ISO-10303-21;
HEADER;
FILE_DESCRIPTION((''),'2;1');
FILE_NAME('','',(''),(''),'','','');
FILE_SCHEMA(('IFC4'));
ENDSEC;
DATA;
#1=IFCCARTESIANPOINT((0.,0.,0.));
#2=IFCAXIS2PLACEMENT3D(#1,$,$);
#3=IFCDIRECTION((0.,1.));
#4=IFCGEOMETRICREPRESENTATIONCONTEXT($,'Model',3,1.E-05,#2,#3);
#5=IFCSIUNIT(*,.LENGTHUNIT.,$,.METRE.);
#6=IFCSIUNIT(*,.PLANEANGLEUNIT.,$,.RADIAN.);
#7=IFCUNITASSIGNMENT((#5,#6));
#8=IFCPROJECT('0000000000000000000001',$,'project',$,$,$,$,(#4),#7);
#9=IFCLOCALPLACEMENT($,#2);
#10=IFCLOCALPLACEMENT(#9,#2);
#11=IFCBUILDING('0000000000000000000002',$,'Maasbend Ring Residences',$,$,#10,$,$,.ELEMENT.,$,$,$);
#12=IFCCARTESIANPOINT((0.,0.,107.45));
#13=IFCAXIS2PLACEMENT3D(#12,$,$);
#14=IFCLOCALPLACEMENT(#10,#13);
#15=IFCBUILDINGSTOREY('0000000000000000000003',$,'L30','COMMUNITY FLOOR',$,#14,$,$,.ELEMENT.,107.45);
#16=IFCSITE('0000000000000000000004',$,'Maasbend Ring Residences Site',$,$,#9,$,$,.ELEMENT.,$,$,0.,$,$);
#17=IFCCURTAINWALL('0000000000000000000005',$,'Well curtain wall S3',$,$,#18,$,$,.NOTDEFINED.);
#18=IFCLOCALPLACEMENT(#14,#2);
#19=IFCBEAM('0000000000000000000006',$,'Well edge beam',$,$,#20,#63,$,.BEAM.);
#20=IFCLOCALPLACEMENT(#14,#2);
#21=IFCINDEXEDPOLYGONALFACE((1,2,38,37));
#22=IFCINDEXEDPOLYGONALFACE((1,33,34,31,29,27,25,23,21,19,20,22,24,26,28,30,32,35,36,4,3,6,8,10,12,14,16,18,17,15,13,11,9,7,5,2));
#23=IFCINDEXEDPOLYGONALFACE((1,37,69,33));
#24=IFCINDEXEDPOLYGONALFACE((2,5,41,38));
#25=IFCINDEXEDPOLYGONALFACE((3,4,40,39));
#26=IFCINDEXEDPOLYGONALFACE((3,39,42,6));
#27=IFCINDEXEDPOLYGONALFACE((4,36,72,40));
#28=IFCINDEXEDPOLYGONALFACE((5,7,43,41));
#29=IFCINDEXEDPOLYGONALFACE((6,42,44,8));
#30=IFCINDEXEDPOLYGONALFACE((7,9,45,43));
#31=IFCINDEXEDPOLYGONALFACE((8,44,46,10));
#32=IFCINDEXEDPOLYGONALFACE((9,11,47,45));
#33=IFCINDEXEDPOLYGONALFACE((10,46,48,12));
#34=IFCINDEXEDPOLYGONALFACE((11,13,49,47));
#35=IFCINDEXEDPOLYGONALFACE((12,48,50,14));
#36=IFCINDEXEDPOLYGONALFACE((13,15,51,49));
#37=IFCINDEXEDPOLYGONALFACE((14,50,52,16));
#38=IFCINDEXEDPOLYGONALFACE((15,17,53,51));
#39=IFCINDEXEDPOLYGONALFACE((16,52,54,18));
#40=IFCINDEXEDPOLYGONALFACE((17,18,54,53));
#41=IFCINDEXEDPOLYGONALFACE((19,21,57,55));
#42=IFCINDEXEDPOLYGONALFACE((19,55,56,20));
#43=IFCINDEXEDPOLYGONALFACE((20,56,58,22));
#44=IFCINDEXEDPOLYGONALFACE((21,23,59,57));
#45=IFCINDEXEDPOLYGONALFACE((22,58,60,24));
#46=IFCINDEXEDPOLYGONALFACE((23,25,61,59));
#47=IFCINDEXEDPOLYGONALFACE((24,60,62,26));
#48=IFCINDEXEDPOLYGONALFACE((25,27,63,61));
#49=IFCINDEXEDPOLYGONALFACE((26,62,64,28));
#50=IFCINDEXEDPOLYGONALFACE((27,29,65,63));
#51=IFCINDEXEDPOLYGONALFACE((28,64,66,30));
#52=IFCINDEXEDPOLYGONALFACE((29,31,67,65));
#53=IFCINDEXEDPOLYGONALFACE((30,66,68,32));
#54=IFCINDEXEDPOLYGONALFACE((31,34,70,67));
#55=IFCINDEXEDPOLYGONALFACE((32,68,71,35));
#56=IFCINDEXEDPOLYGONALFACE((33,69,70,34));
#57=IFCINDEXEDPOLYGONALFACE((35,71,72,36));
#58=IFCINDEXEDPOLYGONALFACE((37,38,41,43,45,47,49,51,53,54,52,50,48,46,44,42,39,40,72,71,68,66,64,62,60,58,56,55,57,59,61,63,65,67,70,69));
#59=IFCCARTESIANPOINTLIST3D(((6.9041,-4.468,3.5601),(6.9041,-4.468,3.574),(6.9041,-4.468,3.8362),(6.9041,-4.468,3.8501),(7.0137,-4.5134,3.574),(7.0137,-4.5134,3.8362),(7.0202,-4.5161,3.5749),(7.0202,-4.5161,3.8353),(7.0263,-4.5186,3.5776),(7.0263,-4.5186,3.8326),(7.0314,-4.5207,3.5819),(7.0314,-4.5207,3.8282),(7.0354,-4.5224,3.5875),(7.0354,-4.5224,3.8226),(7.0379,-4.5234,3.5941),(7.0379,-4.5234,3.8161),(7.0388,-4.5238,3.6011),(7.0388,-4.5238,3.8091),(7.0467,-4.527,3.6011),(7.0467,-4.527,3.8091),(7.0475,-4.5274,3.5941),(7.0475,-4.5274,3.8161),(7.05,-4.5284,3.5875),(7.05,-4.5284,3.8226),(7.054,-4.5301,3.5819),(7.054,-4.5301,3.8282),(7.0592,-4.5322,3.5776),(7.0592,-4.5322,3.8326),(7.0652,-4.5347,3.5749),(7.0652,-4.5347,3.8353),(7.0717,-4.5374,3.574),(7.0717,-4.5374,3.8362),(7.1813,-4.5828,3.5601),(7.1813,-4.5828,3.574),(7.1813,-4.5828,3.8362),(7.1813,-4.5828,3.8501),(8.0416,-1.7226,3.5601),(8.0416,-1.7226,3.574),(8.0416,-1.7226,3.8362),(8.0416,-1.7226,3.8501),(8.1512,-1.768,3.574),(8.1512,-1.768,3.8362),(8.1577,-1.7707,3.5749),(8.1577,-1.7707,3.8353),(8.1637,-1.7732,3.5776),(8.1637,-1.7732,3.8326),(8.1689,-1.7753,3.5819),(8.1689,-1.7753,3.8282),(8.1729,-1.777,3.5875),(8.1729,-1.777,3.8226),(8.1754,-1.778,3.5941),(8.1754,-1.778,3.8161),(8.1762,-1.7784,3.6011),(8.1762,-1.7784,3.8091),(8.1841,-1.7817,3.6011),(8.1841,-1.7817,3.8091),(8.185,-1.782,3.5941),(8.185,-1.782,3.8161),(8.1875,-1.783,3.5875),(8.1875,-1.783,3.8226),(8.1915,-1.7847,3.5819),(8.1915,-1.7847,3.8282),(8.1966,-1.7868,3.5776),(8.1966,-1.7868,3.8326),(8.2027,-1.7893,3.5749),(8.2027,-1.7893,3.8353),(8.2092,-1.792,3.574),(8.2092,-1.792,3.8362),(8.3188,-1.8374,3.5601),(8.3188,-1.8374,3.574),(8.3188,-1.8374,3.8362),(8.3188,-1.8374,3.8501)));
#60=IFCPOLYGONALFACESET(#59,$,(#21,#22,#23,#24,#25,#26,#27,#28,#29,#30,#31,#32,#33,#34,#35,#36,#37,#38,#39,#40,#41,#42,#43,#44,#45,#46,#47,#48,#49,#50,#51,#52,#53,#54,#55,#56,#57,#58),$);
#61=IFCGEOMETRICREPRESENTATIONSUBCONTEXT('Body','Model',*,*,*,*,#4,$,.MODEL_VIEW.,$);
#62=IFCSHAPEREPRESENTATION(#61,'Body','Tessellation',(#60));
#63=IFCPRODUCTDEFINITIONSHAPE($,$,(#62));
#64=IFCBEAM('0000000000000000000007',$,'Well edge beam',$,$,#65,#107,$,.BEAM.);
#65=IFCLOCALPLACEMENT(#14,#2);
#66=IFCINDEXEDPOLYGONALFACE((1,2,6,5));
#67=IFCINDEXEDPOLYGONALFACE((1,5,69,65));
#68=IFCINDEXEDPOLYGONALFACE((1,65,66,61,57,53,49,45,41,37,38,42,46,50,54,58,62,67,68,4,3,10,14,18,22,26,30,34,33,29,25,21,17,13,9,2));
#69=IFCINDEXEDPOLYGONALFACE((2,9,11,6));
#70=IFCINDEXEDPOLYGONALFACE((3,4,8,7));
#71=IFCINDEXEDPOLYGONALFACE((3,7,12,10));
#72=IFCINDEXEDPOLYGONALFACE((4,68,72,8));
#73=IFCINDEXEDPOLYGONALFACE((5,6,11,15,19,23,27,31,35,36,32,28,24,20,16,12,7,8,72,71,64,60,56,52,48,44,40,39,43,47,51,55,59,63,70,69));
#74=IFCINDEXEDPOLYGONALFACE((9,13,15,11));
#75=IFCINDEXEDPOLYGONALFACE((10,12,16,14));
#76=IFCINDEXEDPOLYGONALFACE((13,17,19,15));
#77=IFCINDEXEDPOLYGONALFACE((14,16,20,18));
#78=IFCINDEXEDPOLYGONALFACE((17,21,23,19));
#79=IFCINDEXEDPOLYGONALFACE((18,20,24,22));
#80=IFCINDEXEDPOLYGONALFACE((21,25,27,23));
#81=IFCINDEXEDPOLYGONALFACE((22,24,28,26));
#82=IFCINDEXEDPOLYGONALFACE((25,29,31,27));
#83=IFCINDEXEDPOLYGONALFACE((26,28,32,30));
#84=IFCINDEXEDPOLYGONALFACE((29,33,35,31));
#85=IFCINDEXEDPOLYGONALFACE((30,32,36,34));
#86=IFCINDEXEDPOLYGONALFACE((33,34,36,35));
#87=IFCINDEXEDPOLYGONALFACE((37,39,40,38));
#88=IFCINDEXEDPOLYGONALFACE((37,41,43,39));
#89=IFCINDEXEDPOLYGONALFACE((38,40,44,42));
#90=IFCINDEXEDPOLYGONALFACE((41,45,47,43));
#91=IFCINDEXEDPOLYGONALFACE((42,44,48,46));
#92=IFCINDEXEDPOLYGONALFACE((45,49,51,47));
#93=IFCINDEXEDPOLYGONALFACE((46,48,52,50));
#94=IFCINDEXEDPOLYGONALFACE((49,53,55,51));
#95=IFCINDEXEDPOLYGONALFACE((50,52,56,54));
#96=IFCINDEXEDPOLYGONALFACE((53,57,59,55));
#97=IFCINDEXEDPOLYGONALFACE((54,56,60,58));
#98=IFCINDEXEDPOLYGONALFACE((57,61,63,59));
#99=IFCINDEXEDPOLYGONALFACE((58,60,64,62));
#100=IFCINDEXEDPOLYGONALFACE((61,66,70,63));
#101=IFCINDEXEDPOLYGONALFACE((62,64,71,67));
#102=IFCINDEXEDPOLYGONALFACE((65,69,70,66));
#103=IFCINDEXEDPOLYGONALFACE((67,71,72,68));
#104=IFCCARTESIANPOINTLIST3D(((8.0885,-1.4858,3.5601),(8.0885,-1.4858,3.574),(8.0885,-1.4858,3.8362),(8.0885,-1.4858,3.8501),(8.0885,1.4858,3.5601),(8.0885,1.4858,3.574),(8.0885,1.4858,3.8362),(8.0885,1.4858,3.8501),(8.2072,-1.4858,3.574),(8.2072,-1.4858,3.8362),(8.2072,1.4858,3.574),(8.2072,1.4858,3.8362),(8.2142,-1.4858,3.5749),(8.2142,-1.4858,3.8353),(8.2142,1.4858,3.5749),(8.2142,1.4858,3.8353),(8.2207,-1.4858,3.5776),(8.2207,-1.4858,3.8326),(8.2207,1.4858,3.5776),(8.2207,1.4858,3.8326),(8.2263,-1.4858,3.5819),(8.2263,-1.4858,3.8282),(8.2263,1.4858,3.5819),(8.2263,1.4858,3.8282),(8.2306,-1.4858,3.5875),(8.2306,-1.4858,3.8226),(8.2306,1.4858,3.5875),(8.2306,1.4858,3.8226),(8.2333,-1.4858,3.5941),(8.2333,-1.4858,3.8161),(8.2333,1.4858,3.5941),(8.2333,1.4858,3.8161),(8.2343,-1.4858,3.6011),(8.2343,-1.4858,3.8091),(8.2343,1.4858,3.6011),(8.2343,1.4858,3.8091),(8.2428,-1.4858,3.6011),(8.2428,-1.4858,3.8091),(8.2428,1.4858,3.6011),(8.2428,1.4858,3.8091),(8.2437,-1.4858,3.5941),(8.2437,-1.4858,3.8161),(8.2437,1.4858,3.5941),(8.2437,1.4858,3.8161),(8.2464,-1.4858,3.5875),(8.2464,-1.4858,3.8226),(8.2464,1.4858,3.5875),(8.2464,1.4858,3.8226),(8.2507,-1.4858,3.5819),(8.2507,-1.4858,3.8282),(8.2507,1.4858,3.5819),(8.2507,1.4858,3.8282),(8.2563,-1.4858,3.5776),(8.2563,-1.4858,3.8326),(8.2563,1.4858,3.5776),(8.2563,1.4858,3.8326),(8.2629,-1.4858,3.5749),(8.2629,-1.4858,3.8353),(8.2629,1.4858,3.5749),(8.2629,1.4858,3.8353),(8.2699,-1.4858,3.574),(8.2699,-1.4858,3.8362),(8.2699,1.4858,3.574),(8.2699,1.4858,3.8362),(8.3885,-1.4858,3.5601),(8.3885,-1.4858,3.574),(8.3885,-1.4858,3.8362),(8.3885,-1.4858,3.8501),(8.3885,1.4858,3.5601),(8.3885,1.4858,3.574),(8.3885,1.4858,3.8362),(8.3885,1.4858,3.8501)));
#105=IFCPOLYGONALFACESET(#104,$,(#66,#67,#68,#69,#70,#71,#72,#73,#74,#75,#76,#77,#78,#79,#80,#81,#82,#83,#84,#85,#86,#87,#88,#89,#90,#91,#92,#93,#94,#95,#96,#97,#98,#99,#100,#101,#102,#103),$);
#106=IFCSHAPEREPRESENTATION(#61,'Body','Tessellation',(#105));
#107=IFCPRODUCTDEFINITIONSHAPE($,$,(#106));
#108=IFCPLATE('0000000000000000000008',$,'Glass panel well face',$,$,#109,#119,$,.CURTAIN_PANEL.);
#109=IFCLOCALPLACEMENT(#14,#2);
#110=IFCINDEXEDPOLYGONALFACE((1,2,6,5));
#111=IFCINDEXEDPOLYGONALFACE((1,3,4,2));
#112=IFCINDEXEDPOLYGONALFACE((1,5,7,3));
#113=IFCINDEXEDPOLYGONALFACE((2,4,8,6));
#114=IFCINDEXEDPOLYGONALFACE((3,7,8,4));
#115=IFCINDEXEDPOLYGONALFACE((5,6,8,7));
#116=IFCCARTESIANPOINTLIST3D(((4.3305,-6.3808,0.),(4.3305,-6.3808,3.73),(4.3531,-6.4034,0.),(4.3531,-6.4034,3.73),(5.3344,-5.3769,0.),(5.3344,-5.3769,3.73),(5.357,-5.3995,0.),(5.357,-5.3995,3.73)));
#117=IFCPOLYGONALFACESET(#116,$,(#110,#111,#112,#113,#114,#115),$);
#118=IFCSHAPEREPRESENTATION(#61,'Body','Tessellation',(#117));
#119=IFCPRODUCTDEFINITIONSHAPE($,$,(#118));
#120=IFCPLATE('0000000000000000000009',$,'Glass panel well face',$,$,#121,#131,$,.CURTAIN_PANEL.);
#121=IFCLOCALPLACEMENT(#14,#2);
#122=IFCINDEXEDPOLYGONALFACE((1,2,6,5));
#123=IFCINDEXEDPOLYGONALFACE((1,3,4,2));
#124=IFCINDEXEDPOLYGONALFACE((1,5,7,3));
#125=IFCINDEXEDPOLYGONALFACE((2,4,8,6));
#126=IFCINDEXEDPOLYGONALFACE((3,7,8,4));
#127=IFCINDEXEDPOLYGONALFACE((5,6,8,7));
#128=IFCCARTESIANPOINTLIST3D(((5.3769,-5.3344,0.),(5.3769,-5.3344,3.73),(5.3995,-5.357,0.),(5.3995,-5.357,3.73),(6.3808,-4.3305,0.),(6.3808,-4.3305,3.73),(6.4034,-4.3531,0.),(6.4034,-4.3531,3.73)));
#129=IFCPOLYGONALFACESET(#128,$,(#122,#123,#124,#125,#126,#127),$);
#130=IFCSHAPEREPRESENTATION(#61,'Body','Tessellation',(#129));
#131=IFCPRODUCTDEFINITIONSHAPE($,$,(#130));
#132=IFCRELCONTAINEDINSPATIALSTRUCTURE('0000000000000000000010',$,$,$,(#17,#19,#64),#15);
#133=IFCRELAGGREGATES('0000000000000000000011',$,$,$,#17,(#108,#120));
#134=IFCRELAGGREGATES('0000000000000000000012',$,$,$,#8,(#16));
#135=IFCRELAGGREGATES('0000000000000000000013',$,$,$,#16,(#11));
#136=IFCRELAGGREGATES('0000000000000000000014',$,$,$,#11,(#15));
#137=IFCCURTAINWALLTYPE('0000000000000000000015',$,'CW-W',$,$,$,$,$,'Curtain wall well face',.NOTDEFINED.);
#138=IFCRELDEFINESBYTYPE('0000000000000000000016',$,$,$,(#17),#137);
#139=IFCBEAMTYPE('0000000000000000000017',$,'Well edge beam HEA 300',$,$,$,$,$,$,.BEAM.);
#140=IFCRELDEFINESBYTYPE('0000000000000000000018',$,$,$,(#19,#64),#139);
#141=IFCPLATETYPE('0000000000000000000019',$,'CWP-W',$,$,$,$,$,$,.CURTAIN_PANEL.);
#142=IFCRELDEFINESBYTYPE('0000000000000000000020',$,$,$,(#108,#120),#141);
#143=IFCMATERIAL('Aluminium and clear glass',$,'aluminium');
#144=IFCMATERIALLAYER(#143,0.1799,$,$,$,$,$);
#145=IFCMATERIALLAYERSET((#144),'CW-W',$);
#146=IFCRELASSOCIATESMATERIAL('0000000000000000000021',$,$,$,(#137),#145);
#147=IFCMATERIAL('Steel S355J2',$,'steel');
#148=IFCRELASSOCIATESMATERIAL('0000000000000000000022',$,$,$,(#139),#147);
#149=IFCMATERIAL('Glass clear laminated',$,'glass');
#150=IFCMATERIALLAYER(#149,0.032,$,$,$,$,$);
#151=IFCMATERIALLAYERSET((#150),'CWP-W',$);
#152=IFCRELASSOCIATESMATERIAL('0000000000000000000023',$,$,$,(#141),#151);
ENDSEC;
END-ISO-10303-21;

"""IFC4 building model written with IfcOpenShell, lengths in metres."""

from ifc_helpers import new_model, si_unit, direction, frame, origin, origin_2d, place, context, subcontext, project, spatial, rectangle, i_section, extrude, material, layer, layer_set, material_profile, profile_set, type_object, element, aggregate, save


model = new_model("IFC4")

# Units and contexts
model_context = context("Model", 3, precision=1e-05, world=origin(), true_north=direction((0.0, 1.0)))
body_context = subcontext(model_context, "Body", "Model", "MODEL_VIEW")
ifc_project = project(units=[si_unit("LENGTHUNIT", "METRE"), si_unit("PLANEANGLEUNIT", "RADIAN")], contexts=[model_context])

# Site, building, storey
site_placement = place(None, origin())
site = spatial("IfcSite", under=ifc_project, at=site_placement, Name="Maasbend Ring Residences Site", CompositionType="ELEMENT", RefElevation=0.0)
building_placement = place(site_placement, origin())
building = spatial("IfcBuilding", under=site, at=building_placement, Name="Maasbend Ring Residences", CompositionType="ELEMENT")
storey_placement = place(building_placement, frame((0.0, 0.0, 107.45)))
storey = spatial("IfcBuildingStorey", under=building, at=storey_placement, Name="L30", Description="COMMUNITY FLOOR", CompositionType="ELEMENT", Elevation=107.45)

# Shared definitions
ifc_material_1 = material(Name="Aluminium and clear glass", Category="aluminium")
ifc_layer_1 = layer(ifc_material_1, 0.1799)
ifc_layer_set_1 = layer_set([ifc_layer_1], Name="CW-W")
curtain_wall_type = type_object("IfcCurtainWallType", Name="CW-W", ElementType="Curtain wall well face", PredefinedType="NOTDEFINED", material=ifc_layer_set_1)

# Curtain wall
curtain_wall_1_placement = place(storey_placement, origin())
curtain_wall_1 = element("IfcCurtainWall", 1, at=curtain_wall_1_placement, inside=storey, type_object=curtain_wall_type, Name="Well curtain wall S3", PredefinedType="NOTDEFINED")

# Beams
ifc_material_2 = material(Name="Steel S355J2", Category="steel")
ifc_material_profile_1 = material_profile(ifc_material_2, i_section(OverallWidth=0.3, OverallDepth=0.29, WebThickness=0.0085, FlangeThickness=0.0139, FilletRadius=0.0271, at=origin_2d()), Name="HEA 300")
ifc_profile_set_1 = profile_set([ifc_material_profile_1], Name="Steel S355J2")
beam_type = type_object("IfcBeamType", Name="Well edge beam HEA 300", PredefinedType="BEAM", material=ifc_profile_set_1)
for number, where, z_axis, x_axis, name in (
    (2, (7.0427, -4.5254, 3.7051), (0.382765, 0.923846, 0.0), (-0.923846, 0.382765, 0.0), "Well edge beam"),
    (3, (8.2385, -1.4858, 3.7051), (0.0, 1.0, 0.0), (-1.0, 0.0, 0.0), "Well edge beam"),
):
    element("IfcBeam", number, at=place(storey_placement, frame(where, z_axis=z_axis, x_axis=x_axis)), inside=storey, type_object=beam_type, Name=name, PredefinedType="BEAM", context=body_context, shape_type="SweptSolid", body=[
        extrude(i_section(OverallWidth=0.3, OverallDepth=0.29, WebThickness=0.0085, FlangeThickness=0.0139, FilletRadius=0.0271, at=origin_2d()), origin(), (0.0, 0.0, 1.0), 2.9717),
    ])

# Plates
ifc_material_3 = material(Name="Glass clear laminated", Category="glass")
ifc_layer_2 = layer(ifc_material_3, 0.032)
ifc_layer_set_2 = layer_set([ifc_layer_2], Name="CWP-W")
plate_type = type_object("IfcPlateType", Name="CWP-W", PredefinedType="CURTAIN_PANEL", material=ifc_layer_set_2)
plate_1_placement = place(storey_placement, frame((4.8438, -5.8901, 0.0), z_axis=(0.0, 0.0, 1.0), x_axis=(0.707107, 0.707107, 0.0)))
plate_1 = element("IfcPlate", 4, at=plate_1_placement, type_object=plate_type, Name="Glass panel well face", PredefinedType="CURTAIN_PANEL", context=body_context, shape_type="SweptSolid", body=[
    extrude(rectangle(XDim=1.4197, YDim=0.032, at=origin_2d()), origin(), (0.0, 0.0, 1.0), 3.73),
])
plate_2_placement = place(storey_placement, frame((5.8901, -4.8438, 0.0), z_axis=(0.0, 0.0, 1.0), x_axis=(0.707107, 0.707107, 0.0)))
plate_2 = element("IfcPlate", 5, at=plate_2_placement, type_object=plate_type, Name="Glass panel well face", PredefinedType="CURTAIN_PANEL", context=body_context, shape_type="SweptSolid", body=[
    extrude(rectangle(XDim=1.4197, YDim=0.032, at=origin_2d()), origin(), (0.0, 0.0, 1.0), 3.73),
])
aggregate(curtain_wall_1, [plate_1, plate_2])

save(model, "model.ifc")
